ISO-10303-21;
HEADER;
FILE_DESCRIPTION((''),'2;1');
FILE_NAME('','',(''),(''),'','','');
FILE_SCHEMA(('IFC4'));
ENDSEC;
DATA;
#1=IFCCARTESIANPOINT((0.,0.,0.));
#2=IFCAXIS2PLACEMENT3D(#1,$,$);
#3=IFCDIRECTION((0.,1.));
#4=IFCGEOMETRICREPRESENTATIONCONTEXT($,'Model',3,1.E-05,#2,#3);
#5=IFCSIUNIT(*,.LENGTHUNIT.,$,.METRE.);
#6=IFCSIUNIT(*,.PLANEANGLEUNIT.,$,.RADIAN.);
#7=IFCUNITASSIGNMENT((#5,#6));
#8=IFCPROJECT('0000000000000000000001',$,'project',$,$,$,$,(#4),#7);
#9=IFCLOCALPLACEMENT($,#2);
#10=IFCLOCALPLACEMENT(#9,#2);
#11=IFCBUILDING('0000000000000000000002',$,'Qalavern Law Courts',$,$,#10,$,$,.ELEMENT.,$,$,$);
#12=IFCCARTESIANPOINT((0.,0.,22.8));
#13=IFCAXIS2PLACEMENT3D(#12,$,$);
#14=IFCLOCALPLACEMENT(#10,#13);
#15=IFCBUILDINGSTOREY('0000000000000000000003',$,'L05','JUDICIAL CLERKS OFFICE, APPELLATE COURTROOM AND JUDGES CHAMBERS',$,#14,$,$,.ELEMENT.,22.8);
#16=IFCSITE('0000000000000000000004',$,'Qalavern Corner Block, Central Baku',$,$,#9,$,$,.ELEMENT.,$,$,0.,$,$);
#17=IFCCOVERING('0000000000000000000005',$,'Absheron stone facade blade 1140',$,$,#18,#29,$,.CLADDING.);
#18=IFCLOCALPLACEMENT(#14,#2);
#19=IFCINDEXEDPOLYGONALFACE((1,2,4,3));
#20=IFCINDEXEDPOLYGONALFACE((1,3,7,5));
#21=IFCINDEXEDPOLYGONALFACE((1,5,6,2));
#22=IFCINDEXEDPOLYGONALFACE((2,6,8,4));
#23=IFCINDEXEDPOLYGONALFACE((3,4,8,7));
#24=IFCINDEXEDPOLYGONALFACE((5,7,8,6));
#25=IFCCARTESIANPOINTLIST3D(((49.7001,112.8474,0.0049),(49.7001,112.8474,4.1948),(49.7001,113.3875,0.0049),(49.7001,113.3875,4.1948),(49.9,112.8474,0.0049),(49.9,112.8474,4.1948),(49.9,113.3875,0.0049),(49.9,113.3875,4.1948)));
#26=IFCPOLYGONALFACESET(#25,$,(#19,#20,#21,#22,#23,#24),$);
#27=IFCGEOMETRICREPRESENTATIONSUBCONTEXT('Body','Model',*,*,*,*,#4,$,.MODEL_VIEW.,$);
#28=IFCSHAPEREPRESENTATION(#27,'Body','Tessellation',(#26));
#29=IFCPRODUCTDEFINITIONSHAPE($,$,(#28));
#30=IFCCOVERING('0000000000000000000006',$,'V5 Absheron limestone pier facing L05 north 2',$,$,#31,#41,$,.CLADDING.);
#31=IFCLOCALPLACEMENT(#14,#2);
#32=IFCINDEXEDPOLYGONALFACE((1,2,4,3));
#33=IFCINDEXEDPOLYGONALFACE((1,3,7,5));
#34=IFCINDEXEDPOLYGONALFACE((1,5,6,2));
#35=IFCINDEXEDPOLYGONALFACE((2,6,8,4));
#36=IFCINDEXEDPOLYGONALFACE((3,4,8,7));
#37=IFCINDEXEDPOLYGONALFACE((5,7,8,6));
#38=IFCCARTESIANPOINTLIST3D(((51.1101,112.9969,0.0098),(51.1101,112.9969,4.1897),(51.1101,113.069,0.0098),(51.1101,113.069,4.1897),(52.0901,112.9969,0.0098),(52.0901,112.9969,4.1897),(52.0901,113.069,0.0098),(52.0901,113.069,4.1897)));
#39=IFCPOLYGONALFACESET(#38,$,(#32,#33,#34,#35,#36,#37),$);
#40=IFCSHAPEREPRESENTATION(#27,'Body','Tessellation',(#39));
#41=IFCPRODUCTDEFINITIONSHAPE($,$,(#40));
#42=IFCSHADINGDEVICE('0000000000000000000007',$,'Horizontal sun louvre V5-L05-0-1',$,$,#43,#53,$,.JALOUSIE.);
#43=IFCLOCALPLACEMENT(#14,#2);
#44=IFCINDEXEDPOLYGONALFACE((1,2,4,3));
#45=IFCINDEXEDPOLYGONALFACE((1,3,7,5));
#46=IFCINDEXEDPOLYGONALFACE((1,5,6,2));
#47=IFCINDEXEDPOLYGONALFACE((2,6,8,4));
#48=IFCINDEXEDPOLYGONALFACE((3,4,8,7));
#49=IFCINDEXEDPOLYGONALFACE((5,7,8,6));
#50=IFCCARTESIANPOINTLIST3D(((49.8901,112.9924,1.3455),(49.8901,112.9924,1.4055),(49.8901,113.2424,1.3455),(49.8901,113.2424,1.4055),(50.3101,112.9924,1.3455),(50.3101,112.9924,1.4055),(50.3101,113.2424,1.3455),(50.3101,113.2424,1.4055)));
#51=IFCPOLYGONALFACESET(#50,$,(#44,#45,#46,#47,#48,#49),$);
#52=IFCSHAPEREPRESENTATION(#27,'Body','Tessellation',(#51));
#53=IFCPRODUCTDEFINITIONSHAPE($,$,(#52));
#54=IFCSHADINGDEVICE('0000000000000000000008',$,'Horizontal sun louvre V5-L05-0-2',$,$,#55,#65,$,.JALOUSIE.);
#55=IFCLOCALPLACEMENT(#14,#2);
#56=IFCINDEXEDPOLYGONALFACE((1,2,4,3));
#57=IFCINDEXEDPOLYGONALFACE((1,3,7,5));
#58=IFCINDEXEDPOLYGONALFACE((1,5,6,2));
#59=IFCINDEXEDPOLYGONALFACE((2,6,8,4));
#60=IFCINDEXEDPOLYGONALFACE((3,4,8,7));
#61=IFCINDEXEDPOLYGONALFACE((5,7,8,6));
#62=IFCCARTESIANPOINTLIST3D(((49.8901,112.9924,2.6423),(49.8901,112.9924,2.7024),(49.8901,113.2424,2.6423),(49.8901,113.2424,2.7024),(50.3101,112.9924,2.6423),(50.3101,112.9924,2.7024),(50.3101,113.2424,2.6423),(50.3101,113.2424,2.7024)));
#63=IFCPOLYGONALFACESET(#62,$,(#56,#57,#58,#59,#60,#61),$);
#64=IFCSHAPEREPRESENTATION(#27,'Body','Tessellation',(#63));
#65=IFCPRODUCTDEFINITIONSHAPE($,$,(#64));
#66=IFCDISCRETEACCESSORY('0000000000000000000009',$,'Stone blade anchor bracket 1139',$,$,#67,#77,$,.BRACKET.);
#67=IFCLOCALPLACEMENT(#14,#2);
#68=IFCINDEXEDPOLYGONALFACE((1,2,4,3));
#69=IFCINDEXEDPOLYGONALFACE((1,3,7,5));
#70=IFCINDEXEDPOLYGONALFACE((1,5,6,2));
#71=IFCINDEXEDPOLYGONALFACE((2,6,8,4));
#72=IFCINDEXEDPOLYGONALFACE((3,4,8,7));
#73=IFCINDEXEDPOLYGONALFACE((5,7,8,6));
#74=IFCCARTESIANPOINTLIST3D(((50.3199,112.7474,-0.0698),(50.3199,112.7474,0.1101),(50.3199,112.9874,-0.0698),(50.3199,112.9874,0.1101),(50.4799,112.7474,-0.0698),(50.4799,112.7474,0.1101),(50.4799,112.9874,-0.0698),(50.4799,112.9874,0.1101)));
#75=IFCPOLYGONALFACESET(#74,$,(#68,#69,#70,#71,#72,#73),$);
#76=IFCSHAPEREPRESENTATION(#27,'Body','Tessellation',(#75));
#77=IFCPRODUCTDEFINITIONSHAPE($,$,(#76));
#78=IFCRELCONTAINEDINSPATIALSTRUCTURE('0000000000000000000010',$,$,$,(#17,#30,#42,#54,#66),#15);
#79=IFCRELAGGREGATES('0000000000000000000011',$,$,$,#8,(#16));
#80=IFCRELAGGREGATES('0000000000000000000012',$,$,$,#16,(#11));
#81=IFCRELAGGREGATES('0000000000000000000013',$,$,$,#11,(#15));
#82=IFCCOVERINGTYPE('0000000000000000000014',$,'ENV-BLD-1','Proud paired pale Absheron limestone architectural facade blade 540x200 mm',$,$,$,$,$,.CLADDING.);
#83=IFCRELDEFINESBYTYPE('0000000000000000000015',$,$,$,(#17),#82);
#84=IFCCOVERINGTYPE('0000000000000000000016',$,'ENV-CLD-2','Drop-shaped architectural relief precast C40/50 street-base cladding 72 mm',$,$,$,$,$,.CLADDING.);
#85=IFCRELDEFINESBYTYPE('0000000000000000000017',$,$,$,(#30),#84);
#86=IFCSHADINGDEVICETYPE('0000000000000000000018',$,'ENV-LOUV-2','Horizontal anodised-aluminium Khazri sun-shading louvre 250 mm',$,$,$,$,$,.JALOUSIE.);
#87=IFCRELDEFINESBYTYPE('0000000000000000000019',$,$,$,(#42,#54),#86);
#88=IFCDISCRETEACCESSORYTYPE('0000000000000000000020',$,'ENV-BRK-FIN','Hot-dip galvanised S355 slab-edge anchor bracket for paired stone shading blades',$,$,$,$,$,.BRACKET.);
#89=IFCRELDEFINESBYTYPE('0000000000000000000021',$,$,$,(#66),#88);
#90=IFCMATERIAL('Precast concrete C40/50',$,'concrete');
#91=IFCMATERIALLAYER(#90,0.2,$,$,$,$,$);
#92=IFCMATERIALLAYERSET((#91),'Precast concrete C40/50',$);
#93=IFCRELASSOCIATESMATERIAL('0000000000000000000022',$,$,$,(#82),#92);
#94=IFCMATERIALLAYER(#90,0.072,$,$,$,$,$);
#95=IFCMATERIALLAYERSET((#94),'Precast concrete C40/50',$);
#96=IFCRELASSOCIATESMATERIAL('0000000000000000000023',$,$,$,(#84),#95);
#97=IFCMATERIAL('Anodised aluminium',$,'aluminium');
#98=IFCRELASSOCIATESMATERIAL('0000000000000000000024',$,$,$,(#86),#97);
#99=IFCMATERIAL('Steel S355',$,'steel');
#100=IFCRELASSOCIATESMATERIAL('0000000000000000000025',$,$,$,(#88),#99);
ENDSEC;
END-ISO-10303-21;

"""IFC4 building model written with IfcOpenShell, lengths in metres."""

from ifc_helpers import new_model, si_unit, direction, frame, origin, origin_2d, place, context, subcontext, project, spatial, rectangle, extrude, material, layer, layer_set, type_object, element, save


model = new_model("IFC4")

# Units and contexts
model_context = context("Model", 3, precision=1e-05, world=origin(), true_north=direction((0.0, 1.0)))
body_context = subcontext(model_context, "Body", "Model", "MODEL_VIEW")
ifc_project = project(units=[si_unit("LENGTHUNIT", "METRE"), si_unit("PLANEANGLEUNIT", "RADIAN")], contexts=[model_context])

# Site, building, storey
site_placement = place(None, origin())
site = spatial("IfcSite", under=ifc_project, at=site_placement, Name="Qalavern Corner Block, Central Baku", CompositionType="ELEMENT", RefElevation=0.0)
building_placement = place(site_placement, origin())
building = spatial("IfcBuilding", under=site, at=building_placement, Name="Qalavern Law Courts", CompositionType="ELEMENT")
storey_placement = place(building_placement, frame((0.0, 0.0, 22.8)))
storey = spatial("IfcBuildingStorey", under=building, at=storey_placement, Name="L05", Description="JUDICIAL CLERKS OFFICE, APPELLATE COURTROOM AND JUDGES CHAMBERS", CompositionType="ELEMENT", Elevation=22.8)

# Shared definitions
ifc_material_1 = material(Name="Anodised aluminium", Category="aluminium")

# Shared definitions
ifc_material_2 = material(Name="Steel S355", Category="steel")

# Coverings
ifc_material_3 = material(Name="Precast concrete C40/50", Category="concrete")
ifc_layer_1 = layer(ifc_material_3, 0.2)
ifc_layer_set_1 = layer_set([ifc_layer_1], Name="Precast concrete C40/50")
covering_type_1 = type_object("IfcCoveringType", Name="ENV-BLD-1", Description="Proud paired pale Absheron limestone architectural facade blade 540x200 mm", PredefinedType="CLADDING", material=ifc_layer_set_1)
for number, where, z_axis, x_axis, name in (
    (1, (49.8, 113.1174, 0.0049), (0.0, 0.0, 1.0), (0.0, 1.0, 0.0), "Absheron stone facade blade 1140"),
):
    element("IfcCovering", number, at=place(storey_placement, frame(where, z_axis=z_axis, x_axis=x_axis)), inside=storey, type_object=covering_type_1, Name=name, PredefinedType="CLADDING", context=body_context, shape_type="SweptSolid", body=[
        extrude(rectangle(XDim=0.54, YDim=0.2, at=origin_2d()), origin(), (0.0, 0.0, 1.0), 4.1899),
    ])
ifc_layer_2 = layer(ifc_material_3, 0.072)
ifc_layer_set_2 = layer_set([ifc_layer_2], Name="Precast concrete C40/50")
covering_type_2 = type_object("IfcCoveringType", Name="ENV-CLD-2", Description="Drop-shaped architectural relief precast C40/50 street-base cladding 72 mm", PredefinedType="CLADDING", material=ifc_layer_set_2)
covering_placement = place(storey_placement, frame((51.6001, 113.033, 0.0098), z_axis=(0.0, 0.0, 1.0), x_axis=(-1.0, 0.0, 0.0)))
element("IfcCovering", 2, at=covering_placement, inside=storey, type_object=covering_type_2, Name="V5 Absheron limestone pier facing L05 north 2", PredefinedType="CLADDING", context=body_context, shape_type="SweptSolid", body=[
    extrude(rectangle(XDim=0.98, YDim=0.072, at=origin_2d()), origin(), (0.0, 0.0, 1.0), 4.1799),
])

# Shading devices
shading_device_type = type_object("IfcShadingDeviceType", Name="ENV-LOUV-2", Description="Horizontal anodised-aluminium Khazri sun-shading louvre 250 mm", PredefinedType="JALOUSIE", material=ifc_material_1)
for number, where, z_axis, x_axis, name in (
    (3, (50.1001, 113.1174, 1.3455), (0.0, 0.0, 1.0), (-1.0, 0.0, 0.0), "Horizontal sun louvre V5-L05-0-1"),
    (4, (50.1001, 113.1174, 2.6423), (0.0, 0.0, 1.0), (-1.0, 0.0, 0.0), "Horizontal sun louvre V5-L05-0-2"),
):
    element("IfcShadingDevice", number, at=place(storey_placement, frame(where, z_axis=z_axis, x_axis=x_axis)), inside=storey, type_object=shading_device_type, Name=name, PredefinedType="JALOUSIE", context=body_context, shape_type="SweptSolid", body=[
        extrude(rectangle(XDim=0.4199, YDim=0.25, at=origin_2d()), origin(), (0.0, 0.0, 1.0), 0.0601),
    ])

# Discrete accessory
discrete_accessory_type = type_object("IfcDiscreteAccessoryType", Name="ENV-BRK-FIN", Description="Hot-dip galvanised S355 slab-edge anchor bracket for paired stone shading blades", PredefinedType="BRACKET", material=ifc_material_2)
discrete_accessory_placement = place(storey_placement, frame((50.3999, 112.8674, -0.0698), z_axis=(0.0, 0.0, 1.0), x_axis=(0.0, 1.0, 0.0)))
element("IfcDiscreteAccessory", 5, at=discrete_accessory_placement, inside=storey, type_object=discrete_accessory_type, Name="Stone blade anchor bracket 1139", PredefinedType="BRACKET", context=body_context, shape_type="SweptSolid", body=[
    extrude(rectangle(XDim=0.24, YDim=0.1599, at=origin_2d()), origin(), (0.0, 0.0, 1.0), 0.1799),
])

save(model, "model.ifc")
